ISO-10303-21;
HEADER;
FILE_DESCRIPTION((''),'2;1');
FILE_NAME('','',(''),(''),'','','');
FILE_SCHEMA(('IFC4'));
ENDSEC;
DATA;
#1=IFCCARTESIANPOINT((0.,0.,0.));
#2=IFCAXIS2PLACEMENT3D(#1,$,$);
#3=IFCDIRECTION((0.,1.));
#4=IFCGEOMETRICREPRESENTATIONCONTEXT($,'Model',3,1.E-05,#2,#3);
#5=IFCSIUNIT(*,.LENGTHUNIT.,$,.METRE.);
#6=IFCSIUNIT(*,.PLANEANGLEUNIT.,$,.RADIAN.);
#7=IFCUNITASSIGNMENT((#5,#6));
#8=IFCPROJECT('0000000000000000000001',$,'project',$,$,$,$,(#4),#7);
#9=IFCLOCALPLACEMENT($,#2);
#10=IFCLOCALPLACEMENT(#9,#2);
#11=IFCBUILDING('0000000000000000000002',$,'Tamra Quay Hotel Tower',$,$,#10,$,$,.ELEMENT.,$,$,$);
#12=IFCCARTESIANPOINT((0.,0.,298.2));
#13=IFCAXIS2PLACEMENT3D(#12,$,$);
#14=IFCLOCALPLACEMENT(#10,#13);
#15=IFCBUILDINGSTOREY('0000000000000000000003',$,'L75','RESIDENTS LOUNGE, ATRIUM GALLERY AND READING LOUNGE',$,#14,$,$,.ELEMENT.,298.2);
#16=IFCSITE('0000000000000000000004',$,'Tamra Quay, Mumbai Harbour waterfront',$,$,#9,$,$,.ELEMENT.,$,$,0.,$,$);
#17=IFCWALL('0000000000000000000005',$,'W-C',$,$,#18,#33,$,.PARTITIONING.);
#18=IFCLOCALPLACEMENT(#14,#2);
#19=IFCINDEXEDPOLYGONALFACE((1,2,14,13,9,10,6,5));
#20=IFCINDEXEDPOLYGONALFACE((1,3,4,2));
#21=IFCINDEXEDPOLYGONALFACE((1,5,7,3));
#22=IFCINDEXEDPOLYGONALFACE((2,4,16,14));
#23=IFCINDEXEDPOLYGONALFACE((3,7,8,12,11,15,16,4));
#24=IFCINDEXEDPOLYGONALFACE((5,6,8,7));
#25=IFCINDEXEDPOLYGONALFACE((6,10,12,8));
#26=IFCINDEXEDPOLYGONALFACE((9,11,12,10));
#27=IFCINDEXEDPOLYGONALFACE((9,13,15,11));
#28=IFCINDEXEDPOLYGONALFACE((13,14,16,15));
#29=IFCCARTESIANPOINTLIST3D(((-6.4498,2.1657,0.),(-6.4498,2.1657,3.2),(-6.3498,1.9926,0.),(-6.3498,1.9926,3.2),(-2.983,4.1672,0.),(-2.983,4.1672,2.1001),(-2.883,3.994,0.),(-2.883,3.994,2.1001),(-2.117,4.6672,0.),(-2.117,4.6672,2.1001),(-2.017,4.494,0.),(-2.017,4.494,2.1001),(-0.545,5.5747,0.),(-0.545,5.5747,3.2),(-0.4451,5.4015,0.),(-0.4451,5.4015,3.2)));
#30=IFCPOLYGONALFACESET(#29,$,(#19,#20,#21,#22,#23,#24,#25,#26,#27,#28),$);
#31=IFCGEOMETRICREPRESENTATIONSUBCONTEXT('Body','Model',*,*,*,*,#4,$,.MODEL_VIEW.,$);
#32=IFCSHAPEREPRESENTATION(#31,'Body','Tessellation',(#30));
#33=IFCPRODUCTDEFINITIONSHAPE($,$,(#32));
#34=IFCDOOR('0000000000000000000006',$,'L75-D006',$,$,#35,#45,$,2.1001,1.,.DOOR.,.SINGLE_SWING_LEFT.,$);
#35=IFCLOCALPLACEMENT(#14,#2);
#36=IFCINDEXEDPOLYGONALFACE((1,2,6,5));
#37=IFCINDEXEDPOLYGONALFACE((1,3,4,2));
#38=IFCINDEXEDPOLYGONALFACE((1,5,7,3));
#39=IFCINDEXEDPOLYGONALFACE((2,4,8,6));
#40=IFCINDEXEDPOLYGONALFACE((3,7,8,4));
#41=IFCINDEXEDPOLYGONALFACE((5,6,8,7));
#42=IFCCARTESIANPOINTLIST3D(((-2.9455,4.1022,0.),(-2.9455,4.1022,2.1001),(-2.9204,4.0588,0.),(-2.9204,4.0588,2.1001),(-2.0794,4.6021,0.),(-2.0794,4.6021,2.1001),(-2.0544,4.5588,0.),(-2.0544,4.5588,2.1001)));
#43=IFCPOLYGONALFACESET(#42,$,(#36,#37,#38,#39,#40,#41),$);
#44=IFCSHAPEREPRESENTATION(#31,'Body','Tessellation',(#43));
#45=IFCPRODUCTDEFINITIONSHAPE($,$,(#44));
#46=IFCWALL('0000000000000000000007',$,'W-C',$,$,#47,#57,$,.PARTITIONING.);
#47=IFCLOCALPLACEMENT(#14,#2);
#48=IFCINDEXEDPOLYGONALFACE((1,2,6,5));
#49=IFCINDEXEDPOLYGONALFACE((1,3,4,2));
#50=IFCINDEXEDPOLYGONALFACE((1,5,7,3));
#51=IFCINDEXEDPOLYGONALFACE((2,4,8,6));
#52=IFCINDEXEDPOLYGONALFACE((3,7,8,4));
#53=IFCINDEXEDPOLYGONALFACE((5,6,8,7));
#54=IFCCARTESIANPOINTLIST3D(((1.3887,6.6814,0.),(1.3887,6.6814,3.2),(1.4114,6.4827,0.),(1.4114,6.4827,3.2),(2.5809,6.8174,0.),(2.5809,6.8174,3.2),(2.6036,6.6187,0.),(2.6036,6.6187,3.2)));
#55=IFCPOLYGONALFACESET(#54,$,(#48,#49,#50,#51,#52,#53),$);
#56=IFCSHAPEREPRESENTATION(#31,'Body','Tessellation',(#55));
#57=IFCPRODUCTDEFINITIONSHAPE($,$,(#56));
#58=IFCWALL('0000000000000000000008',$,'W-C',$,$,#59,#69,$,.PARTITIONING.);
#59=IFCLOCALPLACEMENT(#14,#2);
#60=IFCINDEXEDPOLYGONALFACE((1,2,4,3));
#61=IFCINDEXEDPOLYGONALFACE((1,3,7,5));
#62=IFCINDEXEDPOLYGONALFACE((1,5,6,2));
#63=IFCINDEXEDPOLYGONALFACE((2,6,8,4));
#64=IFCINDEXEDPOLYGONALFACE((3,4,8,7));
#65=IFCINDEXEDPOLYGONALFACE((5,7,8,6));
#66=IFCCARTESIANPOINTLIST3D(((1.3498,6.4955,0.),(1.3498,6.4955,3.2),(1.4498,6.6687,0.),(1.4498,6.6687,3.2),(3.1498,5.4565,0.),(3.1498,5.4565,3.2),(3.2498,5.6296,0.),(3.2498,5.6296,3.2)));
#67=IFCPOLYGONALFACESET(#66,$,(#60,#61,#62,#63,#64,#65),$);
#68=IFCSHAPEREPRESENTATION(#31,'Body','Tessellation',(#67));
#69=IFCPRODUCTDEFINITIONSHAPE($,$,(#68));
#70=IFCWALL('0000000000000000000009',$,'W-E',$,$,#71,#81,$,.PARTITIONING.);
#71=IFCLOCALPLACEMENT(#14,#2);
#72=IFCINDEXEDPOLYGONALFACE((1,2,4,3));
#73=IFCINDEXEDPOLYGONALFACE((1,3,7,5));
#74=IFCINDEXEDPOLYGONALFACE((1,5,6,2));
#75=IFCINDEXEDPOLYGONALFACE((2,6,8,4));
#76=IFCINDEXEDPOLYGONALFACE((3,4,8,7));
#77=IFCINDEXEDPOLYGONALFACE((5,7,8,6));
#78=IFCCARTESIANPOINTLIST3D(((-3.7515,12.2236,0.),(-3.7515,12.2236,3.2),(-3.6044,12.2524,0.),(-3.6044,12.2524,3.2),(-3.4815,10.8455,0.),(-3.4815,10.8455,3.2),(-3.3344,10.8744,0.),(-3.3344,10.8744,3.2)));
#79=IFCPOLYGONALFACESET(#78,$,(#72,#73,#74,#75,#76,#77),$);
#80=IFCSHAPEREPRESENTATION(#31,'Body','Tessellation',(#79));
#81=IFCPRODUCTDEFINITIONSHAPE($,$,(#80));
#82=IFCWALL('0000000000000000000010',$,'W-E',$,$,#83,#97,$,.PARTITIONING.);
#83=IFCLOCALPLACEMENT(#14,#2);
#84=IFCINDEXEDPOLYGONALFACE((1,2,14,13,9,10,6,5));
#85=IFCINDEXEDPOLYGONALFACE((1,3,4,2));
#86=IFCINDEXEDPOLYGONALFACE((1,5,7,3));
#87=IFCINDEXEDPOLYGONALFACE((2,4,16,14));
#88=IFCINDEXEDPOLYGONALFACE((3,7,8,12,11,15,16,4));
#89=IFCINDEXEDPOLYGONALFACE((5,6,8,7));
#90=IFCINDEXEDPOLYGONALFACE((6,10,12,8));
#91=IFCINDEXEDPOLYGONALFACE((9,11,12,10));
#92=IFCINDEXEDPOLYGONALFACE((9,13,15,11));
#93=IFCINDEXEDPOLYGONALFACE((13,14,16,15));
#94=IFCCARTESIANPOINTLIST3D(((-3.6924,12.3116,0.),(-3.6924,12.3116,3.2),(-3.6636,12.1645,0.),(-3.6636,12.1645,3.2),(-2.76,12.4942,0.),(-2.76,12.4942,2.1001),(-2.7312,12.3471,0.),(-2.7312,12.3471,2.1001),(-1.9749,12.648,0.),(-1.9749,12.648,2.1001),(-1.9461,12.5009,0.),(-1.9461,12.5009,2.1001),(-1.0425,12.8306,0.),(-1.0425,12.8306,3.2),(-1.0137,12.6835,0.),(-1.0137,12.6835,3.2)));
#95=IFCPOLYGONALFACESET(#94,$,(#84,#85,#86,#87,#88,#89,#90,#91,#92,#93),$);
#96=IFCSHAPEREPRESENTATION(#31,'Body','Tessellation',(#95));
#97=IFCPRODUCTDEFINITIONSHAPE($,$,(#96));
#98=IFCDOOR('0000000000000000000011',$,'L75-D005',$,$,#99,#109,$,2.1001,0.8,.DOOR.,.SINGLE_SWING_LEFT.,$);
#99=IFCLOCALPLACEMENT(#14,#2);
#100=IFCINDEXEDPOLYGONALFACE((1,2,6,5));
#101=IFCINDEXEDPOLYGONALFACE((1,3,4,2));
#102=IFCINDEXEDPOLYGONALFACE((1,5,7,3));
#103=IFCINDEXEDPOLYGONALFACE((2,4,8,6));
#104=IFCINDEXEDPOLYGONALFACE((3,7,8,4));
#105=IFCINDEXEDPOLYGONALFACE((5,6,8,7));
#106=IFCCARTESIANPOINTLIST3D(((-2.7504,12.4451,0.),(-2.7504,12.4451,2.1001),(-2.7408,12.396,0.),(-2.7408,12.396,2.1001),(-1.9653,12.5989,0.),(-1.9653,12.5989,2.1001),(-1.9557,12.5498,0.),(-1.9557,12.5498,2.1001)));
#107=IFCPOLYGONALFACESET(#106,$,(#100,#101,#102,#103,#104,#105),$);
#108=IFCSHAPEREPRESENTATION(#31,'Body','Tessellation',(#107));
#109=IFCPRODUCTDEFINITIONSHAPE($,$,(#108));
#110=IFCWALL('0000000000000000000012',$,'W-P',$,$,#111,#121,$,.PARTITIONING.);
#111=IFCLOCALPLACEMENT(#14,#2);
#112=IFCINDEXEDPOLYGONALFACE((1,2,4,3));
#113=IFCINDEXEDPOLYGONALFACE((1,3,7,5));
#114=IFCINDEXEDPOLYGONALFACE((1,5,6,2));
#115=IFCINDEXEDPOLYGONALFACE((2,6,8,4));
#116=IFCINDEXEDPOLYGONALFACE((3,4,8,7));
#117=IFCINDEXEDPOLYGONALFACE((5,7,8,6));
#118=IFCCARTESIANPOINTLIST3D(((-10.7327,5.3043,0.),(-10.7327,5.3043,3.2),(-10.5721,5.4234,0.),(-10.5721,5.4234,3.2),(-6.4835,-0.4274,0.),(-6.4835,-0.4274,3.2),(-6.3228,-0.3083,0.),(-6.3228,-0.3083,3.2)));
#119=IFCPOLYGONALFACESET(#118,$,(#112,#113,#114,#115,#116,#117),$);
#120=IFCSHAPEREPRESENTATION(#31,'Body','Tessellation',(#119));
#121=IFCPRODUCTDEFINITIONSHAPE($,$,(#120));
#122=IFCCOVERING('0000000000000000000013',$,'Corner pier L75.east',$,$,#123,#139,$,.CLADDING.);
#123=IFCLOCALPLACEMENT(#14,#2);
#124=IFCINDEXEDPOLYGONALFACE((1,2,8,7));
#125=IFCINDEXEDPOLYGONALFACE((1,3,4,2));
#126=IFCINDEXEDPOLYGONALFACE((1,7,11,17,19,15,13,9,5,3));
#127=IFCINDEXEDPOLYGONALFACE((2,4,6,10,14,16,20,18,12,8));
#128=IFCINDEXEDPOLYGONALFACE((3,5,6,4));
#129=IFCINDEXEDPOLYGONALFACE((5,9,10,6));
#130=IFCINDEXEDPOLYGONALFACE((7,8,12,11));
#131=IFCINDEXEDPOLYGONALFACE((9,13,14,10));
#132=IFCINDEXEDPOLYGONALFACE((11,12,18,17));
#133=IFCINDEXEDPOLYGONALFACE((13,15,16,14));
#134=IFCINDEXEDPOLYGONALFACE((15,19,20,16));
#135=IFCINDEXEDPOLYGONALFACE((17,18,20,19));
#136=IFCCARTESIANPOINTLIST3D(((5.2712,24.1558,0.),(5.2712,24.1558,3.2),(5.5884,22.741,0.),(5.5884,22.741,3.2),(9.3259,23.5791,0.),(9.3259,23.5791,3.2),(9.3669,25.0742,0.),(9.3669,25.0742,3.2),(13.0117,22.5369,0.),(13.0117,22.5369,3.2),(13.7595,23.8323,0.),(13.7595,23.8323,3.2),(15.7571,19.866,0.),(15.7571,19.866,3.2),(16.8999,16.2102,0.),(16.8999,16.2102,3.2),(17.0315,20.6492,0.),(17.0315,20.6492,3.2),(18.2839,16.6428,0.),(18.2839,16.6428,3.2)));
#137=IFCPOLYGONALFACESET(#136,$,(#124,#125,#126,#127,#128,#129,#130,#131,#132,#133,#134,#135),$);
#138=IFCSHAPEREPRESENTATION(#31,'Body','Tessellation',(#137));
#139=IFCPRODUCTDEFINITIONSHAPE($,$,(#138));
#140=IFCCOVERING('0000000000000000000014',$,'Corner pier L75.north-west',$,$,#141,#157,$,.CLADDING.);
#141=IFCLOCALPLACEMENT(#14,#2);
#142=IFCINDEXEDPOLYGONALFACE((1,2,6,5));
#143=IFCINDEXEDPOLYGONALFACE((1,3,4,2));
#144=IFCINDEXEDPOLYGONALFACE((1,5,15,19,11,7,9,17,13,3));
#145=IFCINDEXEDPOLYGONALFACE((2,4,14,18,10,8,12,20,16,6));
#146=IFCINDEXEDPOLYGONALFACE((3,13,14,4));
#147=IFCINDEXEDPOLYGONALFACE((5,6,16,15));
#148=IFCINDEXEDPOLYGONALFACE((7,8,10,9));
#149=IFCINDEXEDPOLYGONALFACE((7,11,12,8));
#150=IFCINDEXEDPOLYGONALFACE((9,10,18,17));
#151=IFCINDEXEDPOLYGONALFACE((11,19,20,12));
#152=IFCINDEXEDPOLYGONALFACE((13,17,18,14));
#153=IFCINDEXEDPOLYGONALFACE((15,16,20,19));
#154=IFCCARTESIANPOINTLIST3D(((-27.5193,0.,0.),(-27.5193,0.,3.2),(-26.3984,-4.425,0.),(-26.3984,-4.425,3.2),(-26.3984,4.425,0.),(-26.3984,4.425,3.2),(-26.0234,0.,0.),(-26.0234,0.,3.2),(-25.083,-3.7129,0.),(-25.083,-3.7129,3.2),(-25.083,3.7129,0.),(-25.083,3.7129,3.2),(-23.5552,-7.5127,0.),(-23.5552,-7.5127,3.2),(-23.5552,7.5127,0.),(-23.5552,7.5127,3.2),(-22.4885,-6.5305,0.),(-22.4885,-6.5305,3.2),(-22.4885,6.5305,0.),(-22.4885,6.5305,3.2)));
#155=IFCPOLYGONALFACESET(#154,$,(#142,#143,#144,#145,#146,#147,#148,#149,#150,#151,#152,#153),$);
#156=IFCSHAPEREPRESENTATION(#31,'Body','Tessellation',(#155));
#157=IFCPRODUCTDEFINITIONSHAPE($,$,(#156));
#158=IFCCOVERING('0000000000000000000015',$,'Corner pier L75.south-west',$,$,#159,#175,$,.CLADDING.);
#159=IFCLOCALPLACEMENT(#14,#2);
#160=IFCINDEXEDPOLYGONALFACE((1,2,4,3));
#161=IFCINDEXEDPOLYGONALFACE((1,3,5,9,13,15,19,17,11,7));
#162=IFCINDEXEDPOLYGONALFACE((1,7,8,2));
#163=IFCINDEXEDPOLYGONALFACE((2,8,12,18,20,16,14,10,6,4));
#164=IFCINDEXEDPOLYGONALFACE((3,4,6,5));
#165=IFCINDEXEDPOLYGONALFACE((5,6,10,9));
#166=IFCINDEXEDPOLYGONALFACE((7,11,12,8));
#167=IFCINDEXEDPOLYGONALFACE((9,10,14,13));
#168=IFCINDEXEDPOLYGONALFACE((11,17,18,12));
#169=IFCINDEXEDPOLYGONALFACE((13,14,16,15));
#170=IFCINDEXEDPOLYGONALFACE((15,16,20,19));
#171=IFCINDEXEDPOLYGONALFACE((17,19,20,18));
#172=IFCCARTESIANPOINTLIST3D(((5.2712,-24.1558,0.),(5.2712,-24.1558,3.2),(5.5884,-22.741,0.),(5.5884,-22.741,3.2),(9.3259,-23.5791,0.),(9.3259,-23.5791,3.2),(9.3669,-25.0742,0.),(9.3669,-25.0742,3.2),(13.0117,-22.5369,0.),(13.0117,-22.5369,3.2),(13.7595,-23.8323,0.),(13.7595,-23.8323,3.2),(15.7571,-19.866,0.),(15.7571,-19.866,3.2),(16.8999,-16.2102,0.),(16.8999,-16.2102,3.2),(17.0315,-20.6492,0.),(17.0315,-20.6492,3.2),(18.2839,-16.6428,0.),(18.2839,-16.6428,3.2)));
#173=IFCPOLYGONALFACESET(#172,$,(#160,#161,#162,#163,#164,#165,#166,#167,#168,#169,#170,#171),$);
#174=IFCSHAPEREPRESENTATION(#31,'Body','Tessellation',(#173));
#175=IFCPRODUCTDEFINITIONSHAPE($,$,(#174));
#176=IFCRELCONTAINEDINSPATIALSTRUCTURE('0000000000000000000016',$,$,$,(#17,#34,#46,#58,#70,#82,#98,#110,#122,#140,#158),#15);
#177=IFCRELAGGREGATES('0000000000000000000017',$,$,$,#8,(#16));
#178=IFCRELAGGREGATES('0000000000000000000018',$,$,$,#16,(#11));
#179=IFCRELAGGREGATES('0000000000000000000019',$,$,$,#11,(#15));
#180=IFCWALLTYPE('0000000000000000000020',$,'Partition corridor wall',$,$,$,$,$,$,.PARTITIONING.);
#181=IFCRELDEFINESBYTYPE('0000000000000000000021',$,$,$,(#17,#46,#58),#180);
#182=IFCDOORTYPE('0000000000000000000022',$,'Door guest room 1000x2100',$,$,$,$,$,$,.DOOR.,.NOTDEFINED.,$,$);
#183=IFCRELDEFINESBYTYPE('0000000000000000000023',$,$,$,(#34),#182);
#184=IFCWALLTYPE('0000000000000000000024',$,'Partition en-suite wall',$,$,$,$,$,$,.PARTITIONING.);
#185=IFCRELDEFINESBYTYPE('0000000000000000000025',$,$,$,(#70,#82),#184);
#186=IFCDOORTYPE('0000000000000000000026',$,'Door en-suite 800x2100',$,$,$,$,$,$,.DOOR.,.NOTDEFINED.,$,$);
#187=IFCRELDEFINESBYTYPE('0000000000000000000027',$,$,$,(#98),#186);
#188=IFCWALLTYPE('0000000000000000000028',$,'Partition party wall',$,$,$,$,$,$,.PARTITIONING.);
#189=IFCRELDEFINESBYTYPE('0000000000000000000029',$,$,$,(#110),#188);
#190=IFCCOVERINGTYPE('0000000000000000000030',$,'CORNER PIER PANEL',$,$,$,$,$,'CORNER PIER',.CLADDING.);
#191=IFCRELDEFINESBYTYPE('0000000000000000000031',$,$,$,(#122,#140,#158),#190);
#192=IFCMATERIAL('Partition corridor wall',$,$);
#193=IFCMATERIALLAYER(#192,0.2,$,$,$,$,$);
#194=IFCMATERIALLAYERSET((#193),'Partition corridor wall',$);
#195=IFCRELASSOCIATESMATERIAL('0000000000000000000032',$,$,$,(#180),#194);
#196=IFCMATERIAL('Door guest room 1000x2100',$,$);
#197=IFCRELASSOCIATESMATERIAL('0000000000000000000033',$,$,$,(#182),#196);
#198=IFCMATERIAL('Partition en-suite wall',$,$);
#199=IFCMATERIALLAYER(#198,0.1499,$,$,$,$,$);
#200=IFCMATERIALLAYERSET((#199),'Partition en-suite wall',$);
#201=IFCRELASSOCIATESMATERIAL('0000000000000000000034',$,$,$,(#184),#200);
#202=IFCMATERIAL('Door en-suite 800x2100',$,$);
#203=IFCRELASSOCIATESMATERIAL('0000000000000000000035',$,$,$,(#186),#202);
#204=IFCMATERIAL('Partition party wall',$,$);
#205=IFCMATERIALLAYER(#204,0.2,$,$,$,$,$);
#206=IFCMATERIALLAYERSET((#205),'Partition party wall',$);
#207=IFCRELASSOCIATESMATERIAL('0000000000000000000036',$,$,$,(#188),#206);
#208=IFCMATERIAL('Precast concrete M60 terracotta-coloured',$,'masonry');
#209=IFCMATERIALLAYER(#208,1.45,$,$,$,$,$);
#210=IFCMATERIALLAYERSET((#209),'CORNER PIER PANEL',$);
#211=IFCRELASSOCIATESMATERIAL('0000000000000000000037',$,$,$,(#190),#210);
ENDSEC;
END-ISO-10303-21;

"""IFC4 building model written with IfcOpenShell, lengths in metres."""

from ifc_helpers import new_model, si_unit, direction, frame, frame_2d, origin, place, context, subcontext, project, spatial, polyline, rectangle, outline, extrude, material, layer, layer_set, type_object, element, fill, save


model = new_model("IFC4")

# Units and contexts
model_context = context("Model", 3, precision=1e-05, world=origin(), true_north=direction((0.0, 1.0)))
body_context = subcontext(model_context, "Body", "Model", "MODEL_VIEW")
ifc_project = project(units=[si_unit("LENGTHUNIT", "METRE"), si_unit("PLANEANGLEUNIT", "RADIAN")], contexts=[model_context])

# Site, building, storey
site_placement = place(None, origin())
site = spatial("IfcSite", under=ifc_project, at=site_placement, Name="Tamra Quay, Mumbai Harbour waterfront", CompositionType="ELEMENT", RefElevation=0.0)
building_placement = place(site_placement, origin())
building = spatial("IfcBuilding", under=site, at=building_placement, Name="Tamra Quay Hotel Tower", CompositionType="ELEMENT")
storey_placement = place(building_placement, frame((0.0, 0.0, 298.2)))
storey = spatial("IfcBuildingStorey", under=building, at=storey_placement, Name="L75", Description="RESIDENTS LOUNGE, ATRIUM GALLERY AND READING LOUNGE", CompositionType="ELEMENT", Elevation=298.2)

# Wall, opening, door
ifc_material_1 = material(Name="Partition corridor wall")
ifc_layer_1 = layer(ifc_material_1, 0.2)
ifc_layer_set_1 = layer_set([ifc_layer_1], Name="Partition corridor wall")
wall_type_1 = type_object("IfcWallType", Name="Partition corridor wall", PredefinedType="PARTITIONING", material=ifc_layer_set_1)
wall_1_placement = place(storey_placement, frame((-6.3999, 2.0791, 0.0), z_axis=(0.0, 0.0, 1.0), x_axis=(0.866038, 0.499979, 0.0)))
wall_1 = element("IfcWall", 1, at=wall_1_placement, inside=storey, type_object=wall_type_1, Name="W-C", PredefinedType="PARTITIONING", context=body_context, shape_type="SweptSolid", body=[
    extrude(rectangle(XDim=6.8181, YDim=0.2, at=frame_2d((3.4092, 0.0))), origin(), (0.0, 0.0, 1.0), 3.2),
])
opening_1_placement = place(wall_1_placement, frame((4.0032, 0.0, 0.0)))
opening_1 = element("IfcOpeningElement", 2, at=opening_1_placement, cuts=wall_1, PredefinedType="OPENING", context=body_context, shape_type="SweptSolid", body=[
    extrude(rectangle(XDim=1.0, YDim=2.1001, at=frame_2d((0.5, 1.05))), frame((0.0, 0.1099, 0.0), z_axis=(0.0, -1.0, 0.0), x_axis=(1.0, 0.0, 0.0)), (0.0, 0.0, 1.0), 0.22),
])
ifc_material_2 = material(Name="Door guest room 1000x2100")
door_type_1 = type_object("IfcDoorType", Name="Door guest room 1000x2100", OperationType="NOTDEFINED", PredefinedType="DOOR", material=ifc_material_2)
door_1_placement = place(opening_1_placement, origin())
door_1 = element("IfcDoor", 3, at=door_1_placement, inside=storey, type_object=door_type_1, Name="L75-D006", OperationType="SINGLE_SWING_LEFT", OverallHeight=2.1001, OverallWidth=1.0, PredefinedType="DOOR", context=body_context, shape_type="SweptSolid", body=[
    extrude(rectangle(XDim=1.0, YDim=2.1001, at=frame_2d((0.5, 1.05))), frame((0.0, 0.0249, 0.0), z_axis=(0.0, -1.0, 0.0), x_axis=(1.0, 0.0, 0.0)), (0.0, 0.0, 1.0), 0.05),
])
fill(opening_1, door_1)

# Walls
wall_2_placement = place(storey_placement, frame((1.3999, 6.582, 0.0), z_axis=(0.0, 0.0, 1.0), x_axis=(0.993557, 0.113334, 0.0)))
element("IfcWall", 4, at=wall_2_placement, inside=storey, type_object=wall_type_1, Name="W-C", PredefinedType="PARTITIONING", context=body_context, shape_type="SweptSolid", body=[
    extrude(rectangle(XDim=1.2, YDim=0.2, at=frame_2d((0.6001, 0.0))), origin(), (0.0, 0.0, 1.0), 3.2),
])
wall_3_placement = place(storey_placement, frame((1.3999, 6.582, 0.0), z_axis=(0.0, 0.0, 1.0), x_axis=(0.866066, -0.499929, 0.0)))
element("IfcWall", 5, at=wall_3_placement, inside=storey, type_object=wall_type_1, Name="W-C", PredefinedType="PARTITIONING", context=body_context, shape_type="SweptSolid", body=[
    extrude(rectangle(XDim=2.0784, YDim=0.2, at=frame_2d((1.0391, 0.0))), origin(), (0.0, 0.0, 1.0), 3.2),
])
ifc_material_3 = material(Name="Partition en-suite wall")
ifc_layer_2 = layer(ifc_material_3, 0.1499)
ifc_layer_set_2 = layer_set([ifc_layer_2], Name="Partition en-suite wall")
wall_type_2 = type_object("IfcWallType", Name="Partition en-suite wall", PredefinedType="PARTITIONING", material=ifc_layer_set_2)
wall_4_placement = place(storey_placement, frame((-3.678, 12.238, 0.0), z_axis=(0.0, 0.0, 1.0), x_axis=(0.19227, -0.981342, 0.0)))
element("IfcWall", 6, at=wall_4_placement, inside=storey, type_object=wall_type_2, Name="W-E", PredefinedType="PARTITIONING", context=body_context, shape_type="SweptSolid", body=[
    extrude(rectangle(XDim=1.4043, YDim=0.1499, at=frame_2d((0.7021, 0.0))), origin(), (0.0, 0.0, 1.0), 3.2),
])

# Wall, opening, door
wall_5_placement = place(storey_placement, frame((-3.678, 12.238, 0.0), z_axis=(0.0, 0.0, 1.0), x_axis=(0.981352, 0.19222, 0.0)))
wall_5 = element("IfcWall", 7, at=wall_5_placement, inside=storey, type_object=wall_type_2, Name="W-E", PredefinedType="PARTITIONING", context=body_context, shape_type="SweptSolid", body=[
    extrude(rectangle(XDim=2.7002, YDim=0.1499, at=frame_2d((1.3501, 0.0))), origin(), (0.0, 0.0, 1.0), 3.2),
])
opening_2_placement = place(wall_5_placement, frame((0.9502, 0.0, 0.0)))
opening_2 = element("IfcOpeningElement", 8, at=opening_2_placement, cuts=wall_5, PredefinedType="OPENING", context=body_context, shape_type="SweptSolid", body=[
    extrude(rectangle(XDim=0.8, YDim=2.1001, at=frame_2d((0.3999, 1.05))), frame((0.0, 0.085, 0.0), z_axis=(0.0, -1.0, 0.0), x_axis=(1.0, 0.0, 0.0)), (0.0, 0.0, 1.0), 0.1699),
])
ifc_material_4 = material(Name="Door en-suite 800x2100")
door_type_2 = type_object("IfcDoorType", Name="Door en-suite 800x2100", OperationType="NOTDEFINED", PredefinedType="DOOR", material=ifc_material_4)
door_2_placement = place(opening_2_placement, origin())
door_2 = element("IfcDoor", 9, at=door_2_placement, inside=storey, type_object=door_type_2, Name="L75-D005", OperationType="SINGLE_SWING_LEFT", OverallHeight=2.1001, OverallWidth=0.8, PredefinedType="DOOR", context=body_context, shape_type="SweptSolid", body=[
    extrude(rectangle(XDim=0.8, YDim=2.1001, at=frame_2d((0.3999, 1.05))), frame((0.0, 0.0249, 0.0), z_axis=(0.0, -1.0, 0.0), x_axis=(1.0, 0.0, 0.0)), (0.0, 0.0, 1.0), 0.05),
])
fill(opening_2, door_2)

# Wall
ifc_material_5 = material(Name="Partition party wall")
ifc_layer_3 = layer(ifc_material_5, 0.2)
ifc_layer_set_3 = layer_set([ifc_layer_3], Name="Partition party wall")
wall_type_3 = type_object("IfcWallType", Name="Partition party wall", PredefinedType="PARTITIONING", material=ifc_layer_set_3)
wall_6_placement = place(storey_placement, frame((-10.6523, 5.3638, 0.0), z_axis=(0.0, 0.0, 1.0), x_axis=(0.595551, -0.803318, 0.0)))
element("IfcWall", 10, at=wall_6_placement, inside=storey, type_object=wall_type_3, Name="W-P", PredefinedType="PARTITIONING", context=body_context, shape_type="SweptSolid", body=[
    extrude(rectangle(XDim=7.135, YDim=0.2, at=frame_2d((3.5674, 0.0))), origin(), (0.0, 0.0, 1.0), 3.2),
])

# Coverings
ifc_material_6 = material(Name="Precast concrete M60 terracotta-coloured", Category="masonry")
ifc_layer_4 = layer(ifc_material_6, 1.45)
ifc_layer_set_4 = layer_set([ifc_layer_4], Name="CORNER PIER PANEL")
covering_type = type_object("IfcCoveringType", Name="CORNER PIER PANEL", ElementType="CORNER PIER", PredefinedType="CLADDING", material=ifc_layer_set_4)
covering_1_placement = place(storey_placement, origin())
element("IfcCovering", 11, at=covering_1_placement, inside=storey, type_object=covering_type, Name="Corner pier L75.east", PredefinedType="CLADDING", context=body_context, shape_type="SweptSolid", body=[
    extrude(outline(polyline([(16.8999, 16.2102), (18.2839, 16.6428), (17.0315, 20.6492), (13.7595, 23.8323), (9.3669, 25.0742), (5.2712, 24.1558), (5.5884, 22.741), (9.3259, 23.5791), (13.0117, 22.5369), (15.7571, 19.866), (16.8999, 16.2102)])), origin(), (0.0, 0.0, 1.0), 3.2),
])
covering_2_placement = place(storey_placement, origin())
element("IfcCovering", 12, at=covering_2_placement, inside=storey, type_object=covering_type, Name="Corner pier L75.north-west", PredefinedType="CLADDING", context=body_context, shape_type="SweptSolid", body=[
    extrude(outline(polyline([(-22.4885, 6.5305), (-23.5552, 7.5127), (-26.3984, 4.425), (-27.5193, 0.0), (-26.3984, -4.425), (-23.5552, -7.5127), (-22.4885, -6.5305), (-25.083, -3.7129), (-26.0234, 0.0), (-25.083, 3.7129), (-22.4885, 6.5305)])), origin(), (0.0, 0.0, 1.0), 3.2),
])
covering_3_placement = place(storey_placement, origin())
element("IfcCovering", 13, at=covering_3_placement, inside=storey, type_object=covering_type, Name="Corner pier L75.south-west", PredefinedType="CLADDING", context=body_context, shape_type="SweptSolid", body=[
    extrude(outline(polyline([(5.5884, -22.741), (5.2712, -24.1558), (9.3669, -25.0742), (13.7595, -23.8323), (17.0315, -20.6492), (18.2839, -16.6428), (16.8999, -16.2102), (15.7571, -19.866), (13.0117, -22.5369), (9.3259, -23.5791), (5.5884, -22.741)])), origin(), (0.0, 0.0, 1.0), 3.2),
])

save(model, "model.ifc")
